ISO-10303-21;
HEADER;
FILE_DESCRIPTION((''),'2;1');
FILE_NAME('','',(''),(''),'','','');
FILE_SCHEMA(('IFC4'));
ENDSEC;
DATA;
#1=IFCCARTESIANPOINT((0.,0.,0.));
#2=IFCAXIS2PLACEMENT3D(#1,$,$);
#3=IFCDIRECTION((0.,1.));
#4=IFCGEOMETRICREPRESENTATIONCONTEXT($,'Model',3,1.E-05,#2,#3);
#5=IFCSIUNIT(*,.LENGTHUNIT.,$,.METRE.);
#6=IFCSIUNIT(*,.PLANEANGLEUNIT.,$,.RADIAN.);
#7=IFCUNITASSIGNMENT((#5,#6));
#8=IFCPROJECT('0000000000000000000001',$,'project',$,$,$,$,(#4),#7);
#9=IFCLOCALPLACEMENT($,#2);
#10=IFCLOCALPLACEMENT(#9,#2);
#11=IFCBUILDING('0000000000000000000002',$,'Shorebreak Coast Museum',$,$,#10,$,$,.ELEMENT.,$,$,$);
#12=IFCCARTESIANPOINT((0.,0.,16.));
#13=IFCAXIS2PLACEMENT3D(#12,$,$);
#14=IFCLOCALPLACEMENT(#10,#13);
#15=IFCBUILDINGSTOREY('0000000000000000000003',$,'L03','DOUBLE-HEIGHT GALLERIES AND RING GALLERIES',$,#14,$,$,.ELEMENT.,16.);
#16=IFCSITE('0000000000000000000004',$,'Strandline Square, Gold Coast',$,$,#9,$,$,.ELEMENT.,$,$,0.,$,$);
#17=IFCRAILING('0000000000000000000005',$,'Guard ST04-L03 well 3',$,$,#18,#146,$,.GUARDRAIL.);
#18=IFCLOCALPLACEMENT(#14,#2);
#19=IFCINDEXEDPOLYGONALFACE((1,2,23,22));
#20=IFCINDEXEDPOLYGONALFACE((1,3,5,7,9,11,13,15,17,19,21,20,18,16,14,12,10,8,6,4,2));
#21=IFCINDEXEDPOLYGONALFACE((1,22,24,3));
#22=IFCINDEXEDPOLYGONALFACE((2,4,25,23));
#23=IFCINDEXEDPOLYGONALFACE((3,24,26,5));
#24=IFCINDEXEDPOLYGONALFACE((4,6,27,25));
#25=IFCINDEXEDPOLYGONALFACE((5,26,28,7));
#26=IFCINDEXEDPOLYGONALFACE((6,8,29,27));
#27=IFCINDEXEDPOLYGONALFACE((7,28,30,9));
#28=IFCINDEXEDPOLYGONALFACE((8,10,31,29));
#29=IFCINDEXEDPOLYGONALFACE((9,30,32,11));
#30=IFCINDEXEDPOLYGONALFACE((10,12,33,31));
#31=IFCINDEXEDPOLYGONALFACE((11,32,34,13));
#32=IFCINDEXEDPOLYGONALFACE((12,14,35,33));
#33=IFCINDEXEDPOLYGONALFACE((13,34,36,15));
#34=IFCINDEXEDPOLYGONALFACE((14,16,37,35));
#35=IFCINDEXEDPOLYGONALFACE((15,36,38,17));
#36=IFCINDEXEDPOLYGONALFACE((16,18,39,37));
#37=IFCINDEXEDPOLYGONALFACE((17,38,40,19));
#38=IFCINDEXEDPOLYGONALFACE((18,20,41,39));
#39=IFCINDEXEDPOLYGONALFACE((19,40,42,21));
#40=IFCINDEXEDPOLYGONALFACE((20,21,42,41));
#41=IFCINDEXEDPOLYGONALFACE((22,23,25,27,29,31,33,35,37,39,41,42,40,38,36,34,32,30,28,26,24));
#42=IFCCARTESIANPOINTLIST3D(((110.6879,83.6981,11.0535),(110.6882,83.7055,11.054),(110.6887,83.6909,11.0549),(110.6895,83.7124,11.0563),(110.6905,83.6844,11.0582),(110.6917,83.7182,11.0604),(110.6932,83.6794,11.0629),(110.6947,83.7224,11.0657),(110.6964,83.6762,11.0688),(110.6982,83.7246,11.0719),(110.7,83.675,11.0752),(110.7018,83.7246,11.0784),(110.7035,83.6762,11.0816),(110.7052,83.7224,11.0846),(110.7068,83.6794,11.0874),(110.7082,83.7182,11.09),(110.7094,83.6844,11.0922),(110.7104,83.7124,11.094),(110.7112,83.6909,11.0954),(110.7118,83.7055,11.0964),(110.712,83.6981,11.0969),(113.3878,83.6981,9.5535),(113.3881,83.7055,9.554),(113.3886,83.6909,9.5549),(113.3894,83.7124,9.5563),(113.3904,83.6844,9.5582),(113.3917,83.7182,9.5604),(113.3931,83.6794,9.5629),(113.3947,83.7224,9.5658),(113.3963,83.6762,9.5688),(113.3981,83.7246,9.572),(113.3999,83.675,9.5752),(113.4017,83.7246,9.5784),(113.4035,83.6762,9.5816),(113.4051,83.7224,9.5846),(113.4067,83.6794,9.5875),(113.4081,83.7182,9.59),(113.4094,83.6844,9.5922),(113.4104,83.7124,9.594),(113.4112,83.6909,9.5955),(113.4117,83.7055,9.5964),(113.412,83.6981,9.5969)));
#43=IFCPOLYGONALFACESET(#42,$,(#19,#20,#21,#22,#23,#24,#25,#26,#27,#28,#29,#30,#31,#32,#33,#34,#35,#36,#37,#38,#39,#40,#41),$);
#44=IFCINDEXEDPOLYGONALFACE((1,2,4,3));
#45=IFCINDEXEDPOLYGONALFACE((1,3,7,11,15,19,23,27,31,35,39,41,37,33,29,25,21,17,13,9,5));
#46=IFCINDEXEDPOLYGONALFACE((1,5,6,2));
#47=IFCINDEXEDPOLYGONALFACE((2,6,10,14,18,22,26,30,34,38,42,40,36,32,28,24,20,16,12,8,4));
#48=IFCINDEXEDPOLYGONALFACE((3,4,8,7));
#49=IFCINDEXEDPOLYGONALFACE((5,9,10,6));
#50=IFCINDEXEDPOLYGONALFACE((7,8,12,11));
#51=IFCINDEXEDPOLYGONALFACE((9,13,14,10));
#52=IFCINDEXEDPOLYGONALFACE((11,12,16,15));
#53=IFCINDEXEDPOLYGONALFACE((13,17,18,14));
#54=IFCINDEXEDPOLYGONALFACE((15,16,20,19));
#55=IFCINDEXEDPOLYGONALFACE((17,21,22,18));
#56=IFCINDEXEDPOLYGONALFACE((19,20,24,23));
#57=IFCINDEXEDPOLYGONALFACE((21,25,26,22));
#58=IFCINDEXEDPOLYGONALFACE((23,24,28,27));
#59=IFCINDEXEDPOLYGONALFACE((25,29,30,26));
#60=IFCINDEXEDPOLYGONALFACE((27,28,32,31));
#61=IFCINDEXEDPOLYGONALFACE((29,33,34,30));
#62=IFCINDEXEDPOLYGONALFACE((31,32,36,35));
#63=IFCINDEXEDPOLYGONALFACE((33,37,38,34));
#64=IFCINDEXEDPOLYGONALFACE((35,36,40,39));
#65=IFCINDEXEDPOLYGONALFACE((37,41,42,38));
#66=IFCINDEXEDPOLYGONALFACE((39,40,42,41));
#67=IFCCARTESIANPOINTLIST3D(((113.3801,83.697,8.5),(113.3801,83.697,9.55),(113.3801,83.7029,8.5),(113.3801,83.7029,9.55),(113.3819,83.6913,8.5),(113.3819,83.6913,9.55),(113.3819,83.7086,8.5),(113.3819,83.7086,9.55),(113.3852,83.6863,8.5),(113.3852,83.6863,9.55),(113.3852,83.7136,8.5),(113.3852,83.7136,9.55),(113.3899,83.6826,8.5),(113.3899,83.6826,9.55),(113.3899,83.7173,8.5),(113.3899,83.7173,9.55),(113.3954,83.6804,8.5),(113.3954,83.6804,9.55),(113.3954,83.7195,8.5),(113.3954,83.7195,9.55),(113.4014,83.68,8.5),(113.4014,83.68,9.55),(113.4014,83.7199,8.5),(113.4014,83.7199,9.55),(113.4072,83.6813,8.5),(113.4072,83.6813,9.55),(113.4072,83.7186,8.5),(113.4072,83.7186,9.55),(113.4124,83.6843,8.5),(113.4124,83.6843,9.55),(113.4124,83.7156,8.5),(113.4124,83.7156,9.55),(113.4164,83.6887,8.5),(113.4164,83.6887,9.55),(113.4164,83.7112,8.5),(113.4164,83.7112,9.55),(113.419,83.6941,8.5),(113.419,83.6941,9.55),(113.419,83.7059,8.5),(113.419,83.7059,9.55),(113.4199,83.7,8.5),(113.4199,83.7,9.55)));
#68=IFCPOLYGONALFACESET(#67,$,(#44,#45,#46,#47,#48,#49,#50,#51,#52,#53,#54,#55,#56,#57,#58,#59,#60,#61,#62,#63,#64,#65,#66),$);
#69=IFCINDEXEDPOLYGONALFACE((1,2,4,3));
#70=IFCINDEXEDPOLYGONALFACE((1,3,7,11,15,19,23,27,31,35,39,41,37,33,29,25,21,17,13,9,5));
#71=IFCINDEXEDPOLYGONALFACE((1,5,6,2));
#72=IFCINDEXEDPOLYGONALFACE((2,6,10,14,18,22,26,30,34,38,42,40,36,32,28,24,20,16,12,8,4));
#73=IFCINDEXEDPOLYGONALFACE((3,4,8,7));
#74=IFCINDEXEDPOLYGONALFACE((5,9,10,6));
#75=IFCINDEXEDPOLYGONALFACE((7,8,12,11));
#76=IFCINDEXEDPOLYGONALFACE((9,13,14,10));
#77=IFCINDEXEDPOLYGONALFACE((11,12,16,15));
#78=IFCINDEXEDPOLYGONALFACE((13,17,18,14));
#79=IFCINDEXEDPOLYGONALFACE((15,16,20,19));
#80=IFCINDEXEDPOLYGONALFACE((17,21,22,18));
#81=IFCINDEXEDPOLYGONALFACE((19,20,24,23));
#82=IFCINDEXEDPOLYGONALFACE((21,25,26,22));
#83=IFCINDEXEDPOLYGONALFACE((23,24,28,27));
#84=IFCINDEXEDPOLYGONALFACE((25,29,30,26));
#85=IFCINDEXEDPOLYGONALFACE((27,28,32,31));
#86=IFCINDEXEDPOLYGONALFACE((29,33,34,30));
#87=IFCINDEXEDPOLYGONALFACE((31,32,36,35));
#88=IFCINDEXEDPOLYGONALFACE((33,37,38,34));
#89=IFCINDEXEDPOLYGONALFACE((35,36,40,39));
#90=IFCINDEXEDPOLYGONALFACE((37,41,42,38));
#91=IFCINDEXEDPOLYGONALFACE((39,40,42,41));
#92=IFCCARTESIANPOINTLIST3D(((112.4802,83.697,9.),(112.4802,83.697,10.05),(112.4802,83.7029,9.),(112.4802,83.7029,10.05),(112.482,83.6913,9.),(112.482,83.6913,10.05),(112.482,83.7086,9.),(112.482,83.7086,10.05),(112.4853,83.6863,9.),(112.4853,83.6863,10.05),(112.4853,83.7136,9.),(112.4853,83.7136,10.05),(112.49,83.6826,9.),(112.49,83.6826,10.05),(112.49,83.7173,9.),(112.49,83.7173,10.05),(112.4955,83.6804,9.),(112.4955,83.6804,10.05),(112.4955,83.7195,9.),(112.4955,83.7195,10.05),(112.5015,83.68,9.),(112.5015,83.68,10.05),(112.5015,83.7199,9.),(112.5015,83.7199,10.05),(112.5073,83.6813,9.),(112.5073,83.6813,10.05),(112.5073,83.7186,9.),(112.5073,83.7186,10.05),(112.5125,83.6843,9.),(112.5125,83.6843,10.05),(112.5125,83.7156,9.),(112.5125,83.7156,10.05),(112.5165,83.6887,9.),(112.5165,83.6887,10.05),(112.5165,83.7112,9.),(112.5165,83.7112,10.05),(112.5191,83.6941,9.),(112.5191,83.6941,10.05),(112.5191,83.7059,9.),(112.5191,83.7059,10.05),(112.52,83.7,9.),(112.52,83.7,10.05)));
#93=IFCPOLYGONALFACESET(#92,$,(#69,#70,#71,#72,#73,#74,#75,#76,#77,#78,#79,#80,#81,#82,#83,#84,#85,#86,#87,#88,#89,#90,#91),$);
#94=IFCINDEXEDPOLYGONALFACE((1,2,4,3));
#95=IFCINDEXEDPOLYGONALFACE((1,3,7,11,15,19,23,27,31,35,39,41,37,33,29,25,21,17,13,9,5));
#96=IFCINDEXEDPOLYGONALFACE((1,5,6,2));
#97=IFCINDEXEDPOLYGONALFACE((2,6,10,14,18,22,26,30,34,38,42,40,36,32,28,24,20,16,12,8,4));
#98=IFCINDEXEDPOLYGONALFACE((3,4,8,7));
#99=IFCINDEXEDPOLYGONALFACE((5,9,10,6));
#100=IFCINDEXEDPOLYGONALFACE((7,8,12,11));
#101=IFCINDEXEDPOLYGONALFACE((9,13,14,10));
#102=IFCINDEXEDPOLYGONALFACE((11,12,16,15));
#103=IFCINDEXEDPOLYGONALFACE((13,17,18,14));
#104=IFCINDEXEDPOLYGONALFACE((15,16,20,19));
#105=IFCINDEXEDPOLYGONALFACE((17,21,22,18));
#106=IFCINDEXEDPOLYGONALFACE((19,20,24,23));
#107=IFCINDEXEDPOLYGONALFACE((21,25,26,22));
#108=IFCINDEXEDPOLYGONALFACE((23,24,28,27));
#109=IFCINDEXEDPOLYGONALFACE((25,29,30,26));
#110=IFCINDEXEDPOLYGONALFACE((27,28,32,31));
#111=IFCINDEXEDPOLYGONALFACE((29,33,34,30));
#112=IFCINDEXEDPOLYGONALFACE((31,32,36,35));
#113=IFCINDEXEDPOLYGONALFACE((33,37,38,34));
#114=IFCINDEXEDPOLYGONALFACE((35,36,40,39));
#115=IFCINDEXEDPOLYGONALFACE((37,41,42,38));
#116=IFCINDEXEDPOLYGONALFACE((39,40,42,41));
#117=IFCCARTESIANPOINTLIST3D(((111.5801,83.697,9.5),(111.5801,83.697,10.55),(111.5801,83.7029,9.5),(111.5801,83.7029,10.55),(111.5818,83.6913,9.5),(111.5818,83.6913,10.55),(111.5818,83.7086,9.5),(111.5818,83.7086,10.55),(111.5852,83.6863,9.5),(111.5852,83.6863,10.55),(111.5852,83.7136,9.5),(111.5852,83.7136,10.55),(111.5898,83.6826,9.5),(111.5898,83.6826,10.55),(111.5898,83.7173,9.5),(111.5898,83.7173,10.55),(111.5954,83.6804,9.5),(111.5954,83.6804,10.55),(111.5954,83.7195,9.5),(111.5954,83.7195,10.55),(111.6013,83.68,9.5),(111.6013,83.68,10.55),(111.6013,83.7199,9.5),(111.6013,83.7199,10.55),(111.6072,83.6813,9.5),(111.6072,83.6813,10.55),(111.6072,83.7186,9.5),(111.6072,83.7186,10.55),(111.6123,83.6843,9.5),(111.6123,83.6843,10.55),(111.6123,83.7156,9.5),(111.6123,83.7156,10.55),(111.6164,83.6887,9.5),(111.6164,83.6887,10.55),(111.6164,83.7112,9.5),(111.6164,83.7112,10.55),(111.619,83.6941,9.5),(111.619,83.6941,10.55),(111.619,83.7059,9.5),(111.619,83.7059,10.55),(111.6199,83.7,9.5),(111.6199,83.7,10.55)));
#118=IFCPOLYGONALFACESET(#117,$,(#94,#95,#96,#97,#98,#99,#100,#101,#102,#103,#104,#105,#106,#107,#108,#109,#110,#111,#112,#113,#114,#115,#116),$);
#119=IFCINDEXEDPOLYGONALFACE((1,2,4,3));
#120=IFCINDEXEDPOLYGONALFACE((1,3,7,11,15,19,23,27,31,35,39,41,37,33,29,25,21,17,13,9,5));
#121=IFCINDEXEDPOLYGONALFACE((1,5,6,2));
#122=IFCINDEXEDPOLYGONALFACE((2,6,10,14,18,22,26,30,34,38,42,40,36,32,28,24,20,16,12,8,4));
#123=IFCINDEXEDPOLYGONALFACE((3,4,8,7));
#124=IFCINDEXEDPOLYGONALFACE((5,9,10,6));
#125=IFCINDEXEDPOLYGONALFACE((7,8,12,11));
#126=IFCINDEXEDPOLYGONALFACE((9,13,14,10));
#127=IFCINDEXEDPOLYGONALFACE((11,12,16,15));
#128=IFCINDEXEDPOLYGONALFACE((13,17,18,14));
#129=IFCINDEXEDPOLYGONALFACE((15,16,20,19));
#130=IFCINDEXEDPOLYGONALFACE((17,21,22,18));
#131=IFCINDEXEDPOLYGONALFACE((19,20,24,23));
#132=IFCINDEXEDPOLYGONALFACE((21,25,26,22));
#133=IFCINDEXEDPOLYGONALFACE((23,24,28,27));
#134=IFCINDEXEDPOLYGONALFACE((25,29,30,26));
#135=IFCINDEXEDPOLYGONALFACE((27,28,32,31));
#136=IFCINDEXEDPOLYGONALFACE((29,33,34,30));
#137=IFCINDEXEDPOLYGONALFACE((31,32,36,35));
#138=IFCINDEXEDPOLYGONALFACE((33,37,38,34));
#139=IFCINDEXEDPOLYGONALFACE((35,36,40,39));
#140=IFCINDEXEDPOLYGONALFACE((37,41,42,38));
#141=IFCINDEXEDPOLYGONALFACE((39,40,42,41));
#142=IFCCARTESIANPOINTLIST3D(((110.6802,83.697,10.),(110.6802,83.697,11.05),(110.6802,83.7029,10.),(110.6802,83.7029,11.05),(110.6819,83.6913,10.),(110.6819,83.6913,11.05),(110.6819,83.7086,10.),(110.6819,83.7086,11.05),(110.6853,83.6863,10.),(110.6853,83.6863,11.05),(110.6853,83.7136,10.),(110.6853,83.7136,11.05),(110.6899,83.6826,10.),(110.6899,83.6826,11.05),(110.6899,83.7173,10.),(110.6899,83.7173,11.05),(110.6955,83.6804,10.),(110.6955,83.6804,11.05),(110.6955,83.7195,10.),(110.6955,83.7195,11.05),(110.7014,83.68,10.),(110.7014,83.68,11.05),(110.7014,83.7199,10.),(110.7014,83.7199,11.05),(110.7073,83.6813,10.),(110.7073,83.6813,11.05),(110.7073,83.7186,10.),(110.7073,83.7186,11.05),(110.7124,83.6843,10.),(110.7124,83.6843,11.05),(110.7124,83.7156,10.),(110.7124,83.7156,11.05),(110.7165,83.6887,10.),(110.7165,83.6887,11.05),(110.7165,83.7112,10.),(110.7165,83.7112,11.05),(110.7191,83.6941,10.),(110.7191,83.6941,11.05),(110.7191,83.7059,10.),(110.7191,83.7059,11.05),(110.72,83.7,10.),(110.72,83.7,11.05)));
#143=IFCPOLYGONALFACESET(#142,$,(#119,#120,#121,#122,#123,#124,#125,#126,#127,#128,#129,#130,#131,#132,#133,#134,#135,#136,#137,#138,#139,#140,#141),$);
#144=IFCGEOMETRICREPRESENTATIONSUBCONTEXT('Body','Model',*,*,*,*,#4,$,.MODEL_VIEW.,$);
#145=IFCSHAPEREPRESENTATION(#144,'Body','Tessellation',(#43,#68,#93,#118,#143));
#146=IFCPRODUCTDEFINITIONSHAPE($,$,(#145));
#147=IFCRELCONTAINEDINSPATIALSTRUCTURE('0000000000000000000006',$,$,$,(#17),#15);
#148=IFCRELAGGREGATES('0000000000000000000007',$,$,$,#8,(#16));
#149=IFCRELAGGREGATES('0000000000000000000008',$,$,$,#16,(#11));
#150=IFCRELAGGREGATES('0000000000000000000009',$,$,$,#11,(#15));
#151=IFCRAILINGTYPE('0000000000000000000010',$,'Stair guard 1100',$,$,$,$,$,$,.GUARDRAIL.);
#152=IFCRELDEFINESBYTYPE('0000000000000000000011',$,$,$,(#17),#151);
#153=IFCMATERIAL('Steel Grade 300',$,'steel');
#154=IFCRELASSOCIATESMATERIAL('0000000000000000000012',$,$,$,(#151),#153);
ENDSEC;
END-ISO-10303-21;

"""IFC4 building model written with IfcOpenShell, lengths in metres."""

from ifc_helpers import new_model, si_unit, direction, frame, origin, origin_2d, place, context, subcontext, project, spatial, circle, extrude, material, type_object, element, save


model = new_model("IFC4")

# Units and contexts
model_context = context("Model", 3, precision=1e-05, world=origin(), true_north=direction((0.0, 1.0)))
body_context = subcontext(model_context, "Body", "Model", "MODEL_VIEW")
ifc_project = project(units=[si_unit("LENGTHUNIT", "METRE"), si_unit("PLANEANGLEUNIT", "RADIAN")], contexts=[model_context])

# Site, building, storey
site_placement = place(None, origin())
site = spatial("IfcSite", under=ifc_project, at=site_placement, Name="Strandline Square, Gold Coast", CompositionType="ELEMENT", RefElevation=0.0)
building_placement = place(site_placement, origin())
building = spatial("IfcBuilding", under=site, at=building_placement, Name="Shorebreak Coast Museum", CompositionType="ELEMENT")
storey_placement = place(building_placement, frame((0.0, 0.0, 16.0)))
storey = spatial("IfcBuildingStorey", under=building, at=storey_placement, Name="L03", Description="DOUBLE-HEIGHT GALLERIES AND RING GALLERIES", CompositionType="ELEMENT", Elevation=16.0)

# Railing
ifc_material_1 = material(Name="Steel Grade 300", Category="steel")
railing_type_1 = type_object("IfcRailingType", Name="Stair guard 1100", PredefinedType="GUARDRAIL", material=ifc_material_1)
for number, where, name in (
    (1, (113.3999, 83.7, 8.5), "Guard ST04-L03 well 3"),
):
    element("IfcRailing", number, at=place(storey_placement, frame(where)), inside=storey, type_object=railing_type_1, Name=name, PredefinedType="GUARDRAIL", context=body_context, shape_type="SweptSolid", body=[
        extrude(circle(Radius=0.0249, at=origin_2d()), frame((0.0, 0.0, 1.0752), z_axis=(-0.874154, 0.0, 0.48565), x_axis=(0.0, -1.0, 0.0)), (0.0, 0.0, 1.0), 3.0886),
        extrude(circle(Radius=0.02, at=origin_2d()), origin(), (0.0, 0.0, 1.0), 1.05),
        extrude(circle(Radius=0.02, at=origin_2d()), frame((-0.8999, 0.0, 0.5)), (0.0, 0.0, 1.0), 1.05),
        extrude(circle(Radius=0.02, at=origin_2d()), frame((-1.8, 0.0, 1.0)), (0.0, 0.0, 1.0), 1.05),
        extrude(circle(Radius=0.02, at=origin_2d()), frame((-2.7, 0.0, 1.5)), (0.0, 0.0, 1.0), 1.05),
    ])

save(model, "model.ifc")
